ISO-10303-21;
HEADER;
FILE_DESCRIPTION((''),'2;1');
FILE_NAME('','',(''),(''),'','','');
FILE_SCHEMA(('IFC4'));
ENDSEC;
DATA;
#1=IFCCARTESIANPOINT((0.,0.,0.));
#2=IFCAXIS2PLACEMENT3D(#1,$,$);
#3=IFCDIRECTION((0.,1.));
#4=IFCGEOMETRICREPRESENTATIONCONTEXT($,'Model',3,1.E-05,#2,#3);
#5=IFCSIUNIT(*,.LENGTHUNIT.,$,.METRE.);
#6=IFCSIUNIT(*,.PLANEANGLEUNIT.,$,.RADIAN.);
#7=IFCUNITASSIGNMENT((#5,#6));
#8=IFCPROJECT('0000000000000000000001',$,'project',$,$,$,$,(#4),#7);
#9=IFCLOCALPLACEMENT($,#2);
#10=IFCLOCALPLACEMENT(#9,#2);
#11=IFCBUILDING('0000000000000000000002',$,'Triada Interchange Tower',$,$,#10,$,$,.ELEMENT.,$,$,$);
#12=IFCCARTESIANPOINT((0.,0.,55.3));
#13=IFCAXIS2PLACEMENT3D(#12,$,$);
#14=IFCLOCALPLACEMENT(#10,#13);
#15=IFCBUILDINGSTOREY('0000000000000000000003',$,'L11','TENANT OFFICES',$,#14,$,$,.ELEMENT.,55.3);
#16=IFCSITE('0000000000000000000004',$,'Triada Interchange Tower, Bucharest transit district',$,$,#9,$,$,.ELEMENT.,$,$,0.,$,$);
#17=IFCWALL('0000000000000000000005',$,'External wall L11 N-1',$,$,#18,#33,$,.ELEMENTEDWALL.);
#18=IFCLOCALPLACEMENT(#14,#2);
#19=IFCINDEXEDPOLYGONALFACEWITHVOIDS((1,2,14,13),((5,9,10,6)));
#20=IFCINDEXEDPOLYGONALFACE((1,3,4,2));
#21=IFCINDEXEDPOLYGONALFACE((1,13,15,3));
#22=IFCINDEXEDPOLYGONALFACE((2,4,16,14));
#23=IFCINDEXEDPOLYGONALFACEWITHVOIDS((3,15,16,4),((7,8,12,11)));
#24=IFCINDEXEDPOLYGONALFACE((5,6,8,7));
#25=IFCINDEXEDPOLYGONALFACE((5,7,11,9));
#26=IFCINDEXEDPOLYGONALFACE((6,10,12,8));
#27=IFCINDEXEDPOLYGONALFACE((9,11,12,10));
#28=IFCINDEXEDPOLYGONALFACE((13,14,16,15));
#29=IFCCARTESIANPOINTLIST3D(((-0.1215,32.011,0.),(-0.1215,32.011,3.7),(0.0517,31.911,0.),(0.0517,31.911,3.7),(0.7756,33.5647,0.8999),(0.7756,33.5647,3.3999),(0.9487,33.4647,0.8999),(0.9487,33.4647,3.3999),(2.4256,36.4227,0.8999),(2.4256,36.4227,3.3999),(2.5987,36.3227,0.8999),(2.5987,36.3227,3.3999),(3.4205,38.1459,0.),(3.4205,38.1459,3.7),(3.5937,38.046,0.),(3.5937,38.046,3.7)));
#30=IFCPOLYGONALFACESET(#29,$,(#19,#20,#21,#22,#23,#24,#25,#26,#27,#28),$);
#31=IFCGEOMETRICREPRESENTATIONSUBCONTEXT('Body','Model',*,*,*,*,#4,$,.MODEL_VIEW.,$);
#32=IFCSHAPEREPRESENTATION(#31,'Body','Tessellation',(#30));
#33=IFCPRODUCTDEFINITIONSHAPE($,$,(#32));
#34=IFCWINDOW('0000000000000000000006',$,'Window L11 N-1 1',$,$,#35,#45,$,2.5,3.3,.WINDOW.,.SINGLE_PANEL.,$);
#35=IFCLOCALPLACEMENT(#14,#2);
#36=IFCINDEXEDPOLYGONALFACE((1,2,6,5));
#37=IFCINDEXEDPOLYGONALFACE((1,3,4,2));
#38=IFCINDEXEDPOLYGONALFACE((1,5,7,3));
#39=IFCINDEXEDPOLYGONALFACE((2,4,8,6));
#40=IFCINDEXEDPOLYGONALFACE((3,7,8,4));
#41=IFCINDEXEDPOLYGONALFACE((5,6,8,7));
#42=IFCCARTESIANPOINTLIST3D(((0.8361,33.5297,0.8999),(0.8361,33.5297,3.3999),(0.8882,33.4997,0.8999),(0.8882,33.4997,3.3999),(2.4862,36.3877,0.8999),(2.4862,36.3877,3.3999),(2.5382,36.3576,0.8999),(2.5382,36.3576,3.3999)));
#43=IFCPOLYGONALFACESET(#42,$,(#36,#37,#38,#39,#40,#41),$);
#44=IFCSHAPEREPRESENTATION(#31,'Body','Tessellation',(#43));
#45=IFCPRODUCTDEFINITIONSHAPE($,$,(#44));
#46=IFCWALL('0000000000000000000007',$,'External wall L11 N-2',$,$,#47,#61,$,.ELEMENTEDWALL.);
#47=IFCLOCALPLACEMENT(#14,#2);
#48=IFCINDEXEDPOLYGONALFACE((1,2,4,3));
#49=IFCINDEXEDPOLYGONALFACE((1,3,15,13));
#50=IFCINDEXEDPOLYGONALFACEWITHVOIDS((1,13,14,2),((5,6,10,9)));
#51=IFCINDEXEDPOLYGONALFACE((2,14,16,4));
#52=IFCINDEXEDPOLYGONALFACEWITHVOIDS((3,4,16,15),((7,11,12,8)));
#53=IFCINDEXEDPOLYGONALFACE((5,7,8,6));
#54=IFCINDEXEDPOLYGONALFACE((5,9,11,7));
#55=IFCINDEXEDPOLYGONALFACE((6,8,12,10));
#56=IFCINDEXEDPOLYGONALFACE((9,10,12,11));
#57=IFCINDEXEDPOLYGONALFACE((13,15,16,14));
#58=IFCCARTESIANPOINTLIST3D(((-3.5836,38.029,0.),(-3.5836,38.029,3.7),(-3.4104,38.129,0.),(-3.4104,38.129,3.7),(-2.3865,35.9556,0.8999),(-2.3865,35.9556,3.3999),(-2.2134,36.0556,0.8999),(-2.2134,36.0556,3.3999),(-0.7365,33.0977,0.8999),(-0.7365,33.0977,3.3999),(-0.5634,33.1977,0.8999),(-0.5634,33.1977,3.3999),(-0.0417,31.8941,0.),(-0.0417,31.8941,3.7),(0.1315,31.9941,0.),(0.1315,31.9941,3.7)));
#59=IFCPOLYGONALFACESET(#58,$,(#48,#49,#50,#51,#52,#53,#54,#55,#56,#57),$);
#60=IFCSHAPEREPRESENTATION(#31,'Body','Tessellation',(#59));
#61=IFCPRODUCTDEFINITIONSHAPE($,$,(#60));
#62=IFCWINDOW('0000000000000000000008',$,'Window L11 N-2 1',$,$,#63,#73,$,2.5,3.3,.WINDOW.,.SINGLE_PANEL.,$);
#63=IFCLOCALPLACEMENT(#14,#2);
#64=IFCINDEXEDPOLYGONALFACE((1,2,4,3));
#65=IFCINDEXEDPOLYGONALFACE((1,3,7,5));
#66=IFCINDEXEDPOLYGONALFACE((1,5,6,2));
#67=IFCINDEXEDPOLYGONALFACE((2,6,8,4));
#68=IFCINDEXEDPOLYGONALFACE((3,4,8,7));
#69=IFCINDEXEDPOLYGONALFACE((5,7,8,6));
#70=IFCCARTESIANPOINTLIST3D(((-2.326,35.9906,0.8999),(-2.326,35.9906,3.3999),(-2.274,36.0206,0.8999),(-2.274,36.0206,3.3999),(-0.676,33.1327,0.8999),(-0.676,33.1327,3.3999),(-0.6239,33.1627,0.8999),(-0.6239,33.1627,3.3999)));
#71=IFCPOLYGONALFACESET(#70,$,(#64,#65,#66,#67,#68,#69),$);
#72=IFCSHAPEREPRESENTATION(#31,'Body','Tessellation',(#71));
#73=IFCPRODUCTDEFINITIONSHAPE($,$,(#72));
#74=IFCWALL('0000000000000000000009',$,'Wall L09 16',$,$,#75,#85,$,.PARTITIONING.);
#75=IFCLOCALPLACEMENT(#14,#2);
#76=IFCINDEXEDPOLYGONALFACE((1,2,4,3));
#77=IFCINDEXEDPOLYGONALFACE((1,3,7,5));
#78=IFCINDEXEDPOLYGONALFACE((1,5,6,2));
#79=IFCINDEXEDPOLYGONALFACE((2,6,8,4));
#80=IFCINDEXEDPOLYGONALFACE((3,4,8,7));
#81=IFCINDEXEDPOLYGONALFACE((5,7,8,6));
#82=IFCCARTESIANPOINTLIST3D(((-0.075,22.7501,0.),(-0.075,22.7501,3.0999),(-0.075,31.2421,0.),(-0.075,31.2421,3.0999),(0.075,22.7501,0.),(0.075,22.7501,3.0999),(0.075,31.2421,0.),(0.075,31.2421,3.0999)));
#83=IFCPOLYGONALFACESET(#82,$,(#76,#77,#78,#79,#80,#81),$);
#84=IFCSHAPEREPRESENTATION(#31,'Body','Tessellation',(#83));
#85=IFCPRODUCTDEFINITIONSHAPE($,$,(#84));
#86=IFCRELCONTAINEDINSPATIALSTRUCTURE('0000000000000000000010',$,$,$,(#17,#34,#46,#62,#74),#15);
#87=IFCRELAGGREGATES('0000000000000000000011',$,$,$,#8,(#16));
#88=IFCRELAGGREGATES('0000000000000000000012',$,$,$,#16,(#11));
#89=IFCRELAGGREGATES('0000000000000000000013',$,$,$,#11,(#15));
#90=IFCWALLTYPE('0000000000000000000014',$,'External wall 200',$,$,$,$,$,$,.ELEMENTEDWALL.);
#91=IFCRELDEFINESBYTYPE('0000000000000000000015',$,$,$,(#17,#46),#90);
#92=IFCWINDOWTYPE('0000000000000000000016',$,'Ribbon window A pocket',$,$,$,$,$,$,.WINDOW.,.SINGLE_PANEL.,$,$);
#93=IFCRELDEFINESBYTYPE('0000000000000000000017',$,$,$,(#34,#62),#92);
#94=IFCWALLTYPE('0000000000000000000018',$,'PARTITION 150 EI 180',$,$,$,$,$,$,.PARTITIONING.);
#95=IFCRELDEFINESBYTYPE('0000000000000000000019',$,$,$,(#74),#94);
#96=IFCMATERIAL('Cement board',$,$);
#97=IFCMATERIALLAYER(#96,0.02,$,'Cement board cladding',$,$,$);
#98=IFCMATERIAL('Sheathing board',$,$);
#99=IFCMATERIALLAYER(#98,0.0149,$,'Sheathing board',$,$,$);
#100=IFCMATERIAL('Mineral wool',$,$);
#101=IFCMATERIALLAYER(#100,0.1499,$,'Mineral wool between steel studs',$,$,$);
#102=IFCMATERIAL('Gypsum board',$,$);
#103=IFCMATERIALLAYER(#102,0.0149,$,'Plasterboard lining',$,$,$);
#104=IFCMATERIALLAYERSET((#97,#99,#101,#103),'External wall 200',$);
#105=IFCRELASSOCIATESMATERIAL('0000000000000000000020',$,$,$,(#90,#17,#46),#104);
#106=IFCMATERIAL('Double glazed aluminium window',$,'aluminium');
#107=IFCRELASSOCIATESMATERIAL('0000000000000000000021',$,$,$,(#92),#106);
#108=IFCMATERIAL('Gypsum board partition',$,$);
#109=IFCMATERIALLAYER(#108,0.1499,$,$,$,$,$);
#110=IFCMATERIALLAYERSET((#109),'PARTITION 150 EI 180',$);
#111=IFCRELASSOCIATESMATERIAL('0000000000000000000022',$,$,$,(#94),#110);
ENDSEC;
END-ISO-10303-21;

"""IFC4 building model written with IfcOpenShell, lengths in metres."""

from ifc_helpers import new_model, si_unit, direction, frame, frame_2d, origin, place, context, subcontext, project, spatial, rectangle, extrude, material, layer, layer_set, layer_usage, type_object, element, fill, save


model = new_model("IFC4")

# Units and contexts
model_context = context("Model", 3, precision=1e-05, world=origin(), true_north=direction((0.0, 1.0)))
body_context = subcontext(model_context, "Body", "Model", "MODEL_VIEW")
ifc_project = project(units=[si_unit("LENGTHUNIT", "METRE"), si_unit("PLANEANGLEUNIT", "RADIAN")], contexts=[model_context])

# Site, building, storey
site_placement = place(None, origin())
site = spatial("IfcSite", under=ifc_project, at=site_placement, Name="Triada Interchange Tower, Bucharest transit district", CompositionType="ELEMENT", RefElevation=0.0)
building_placement = place(site_placement, origin())
building = spatial("IfcBuilding", under=site, at=building_placement, Name="Triada Interchange Tower", CompositionType="ELEMENT")
storey_placement = place(building_placement, frame((0.0, 0.0, 55.3)))
storey = spatial("IfcBuildingStorey", under=building, at=storey_placement, Name="L11", Description="TENANT OFFICES", CompositionType="ELEMENT", Elevation=55.3)

# Walls, openings, windows
ifc_material_1 = material(Name="Cement board")
ifc_layer_1 = layer(ifc_material_1, 0.02, Name="Cement board cladding")
ifc_material_2 = material(Name="Sheathing board")
ifc_layer_2 = layer(ifc_material_2, 0.0149, Name="Sheathing board")
ifc_material_3 = material(Name="Mineral wool")
ifc_layer_3 = layer(ifc_material_3, 0.1499, Name="Mineral wool between steel studs")
ifc_material_4 = material(Name="Gypsum board")
ifc_layer_4 = layer(ifc_material_4, 0.0149, Name="Plasterboard lining")
ifc_layer_set_1 = layer_set([ifc_layer_1, ifc_layer_2, ifc_layer_3, ifc_layer_4], Name="External wall 200")
ifc_layer_usage = layer_usage(ifc_layer_set_1, "AXIS2", "POSITIVE", -0.1001)
wall_type_1 = type_object("IfcWallType", Name="External wall 200", PredefinedType="ELEMENTEDWALL", material=ifc_layer_set_1)
wall_1_placement = place(storey_placement, frame((3.5071, 38.0959, 0.0), z_axis=(0.0, 0.0, 1.0), x_axis=(-0.499994, -0.866029, 0.0)))
wall_1 = element("IfcWall", 1, at=wall_1_placement, inside=storey, type_object=wall_type_1, material=ifc_layer_usage, Name="External wall L11 N-1", PredefinedType="ELEMENTEDWALL", context=body_context, shape_type="SweptSolid", body=[
    extrude(rectangle(XDim=7.084, YDim=0.2, at=frame_2d((3.542, 0.0))), origin(), (0.0, 0.0, 1.0), 3.7),
])
opening_1_placement = place(wall_1_placement, frame((1.99, 0.0, 0.8999)))
opening_1 = element("IfcOpeningElement", 2, at=opening_1_placement, cuts=wall_1, PredefinedType="OPENING", context=body_context, shape_type="SweptSolid", body=[
    extrude(rectangle(XDim=3.3, YDim=2.5, at=frame_2d((1.6499, 1.25))), frame((0.0, 0.1099, 0.0), z_axis=(0.0, -1.0, 0.0), x_axis=(1.0, 0.0, 0.0)), (0.0, 0.0, 1.0), 0.22),
])
ifc_material_5 = material(Name="Double glazed aluminium window", Category="aluminium")
window_type = type_object("IfcWindowType", Name="Ribbon window A pocket", PartitioningType="SINGLE_PANEL", PredefinedType="WINDOW", material=ifc_material_5)
window_1_placement = place(opening_1_placement, origin())
window_1 = element("IfcWindow", 3, at=window_1_placement, inside=storey, type_object=window_type, Name="Window L11 N-1 1", OverallHeight=2.5, OverallWidth=3.3, PartitioningType="SINGLE_PANEL", PredefinedType="WINDOW", context=body_context, shape_type="SweptSolid", body=[
    extrude(rectangle(XDim=3.3, YDim=2.5, at=frame_2d((1.6499, 1.25))), frame((0.0, 0.03, 0.0), z_axis=(0.0, -1.0, 0.0), x_axis=(1.0, 0.0, 0.0)), (0.0, 0.0, 1.0), 0.0601),
])
fill(opening_1, window_1)
wall_2_placement = place(storey_placement, frame((0.0449, 31.9441, 0.0), z_axis=(0.0, 0.0, 1.0), x_axis=(-0.499994, 0.866029, 0.0)))
wall_2 = element("IfcWall", 4, at=wall_2_placement, inside=storey, type_object=wall_type_1, material=ifc_layer_usage, Name="External wall L11 N-2", PredefinedType="ELEMENTEDWALL", context=body_context, shape_type="SweptSolid", body=[
    extrude(rectangle(XDim=7.084, YDim=0.2, at=frame_2d((3.542, 0.0))), origin(), (0.0, 0.0, 1.0), 3.7),
])
opening_2_placement = place(wall_2_placement, frame((1.3899, 0.0, 0.8999)))
opening_2 = element("IfcOpeningElement", 5, at=opening_2_placement, cuts=wall_2, PredefinedType="OPENING", context=body_context, shape_type="SweptSolid", body=[
    extrude(rectangle(XDim=3.3, YDim=2.5, at=frame_2d((1.6499, 1.25))), frame((0.0, 0.1099, 0.0), z_axis=(0.0, -1.0, 0.0), x_axis=(1.0, 0.0, 0.0)), (0.0, 0.0, 1.0), 0.22),
])
window_2_placement = place(opening_2_placement, origin())
window_2 = element("IfcWindow", 6, at=window_2_placement, inside=storey, type_object=window_type, Name="Window L11 N-2 1", OverallHeight=2.5, OverallWidth=3.3, PartitioningType="SINGLE_PANEL", PredefinedType="WINDOW", context=body_context, shape_type="SweptSolid", body=[
    extrude(rectangle(XDim=3.3, YDim=2.5, at=frame_2d((1.6499, 1.25))), frame((0.0, 0.03, 0.0), z_axis=(0.0, -1.0, 0.0), x_axis=(1.0, 0.0, 0.0)), (0.0, 0.0, 1.0), 0.0601),
])
fill(opening_2, window_2)

# Wall
ifc_material_6 = material(Name="Gypsum board partition")
ifc_layer_5 = layer(ifc_material_6, 0.1499)
ifc_layer_set_2 = layer_set([ifc_layer_5], Name="PARTITION 150 EI 180")
wall_type_2 = type_object("IfcWallType", Name="PARTITION 150 EI 180", PredefinedType="PARTITIONING", material=ifc_layer_set_2)
wall_3_placement = place(storey_placement, frame((0.0, 22.75, 0.0), z_axis=(0.0, 0.0, 1.0), x_axis=(0.0, 1.0, 0.0)))
element("IfcWall", 7, at=wall_3_placement, inside=storey, type_object=wall_type_2, Name="Wall L09 16", PredefinedType="PARTITIONING", context=body_context, shape_type="SweptSolid", body=[
    extrude(rectangle(XDim=8.4919, YDim=0.1499, at=frame_2d((4.2461, 0.0))), origin(), (0.0, 0.0, 1.0), 3.0999),
])

save(model, "model.ifc")
